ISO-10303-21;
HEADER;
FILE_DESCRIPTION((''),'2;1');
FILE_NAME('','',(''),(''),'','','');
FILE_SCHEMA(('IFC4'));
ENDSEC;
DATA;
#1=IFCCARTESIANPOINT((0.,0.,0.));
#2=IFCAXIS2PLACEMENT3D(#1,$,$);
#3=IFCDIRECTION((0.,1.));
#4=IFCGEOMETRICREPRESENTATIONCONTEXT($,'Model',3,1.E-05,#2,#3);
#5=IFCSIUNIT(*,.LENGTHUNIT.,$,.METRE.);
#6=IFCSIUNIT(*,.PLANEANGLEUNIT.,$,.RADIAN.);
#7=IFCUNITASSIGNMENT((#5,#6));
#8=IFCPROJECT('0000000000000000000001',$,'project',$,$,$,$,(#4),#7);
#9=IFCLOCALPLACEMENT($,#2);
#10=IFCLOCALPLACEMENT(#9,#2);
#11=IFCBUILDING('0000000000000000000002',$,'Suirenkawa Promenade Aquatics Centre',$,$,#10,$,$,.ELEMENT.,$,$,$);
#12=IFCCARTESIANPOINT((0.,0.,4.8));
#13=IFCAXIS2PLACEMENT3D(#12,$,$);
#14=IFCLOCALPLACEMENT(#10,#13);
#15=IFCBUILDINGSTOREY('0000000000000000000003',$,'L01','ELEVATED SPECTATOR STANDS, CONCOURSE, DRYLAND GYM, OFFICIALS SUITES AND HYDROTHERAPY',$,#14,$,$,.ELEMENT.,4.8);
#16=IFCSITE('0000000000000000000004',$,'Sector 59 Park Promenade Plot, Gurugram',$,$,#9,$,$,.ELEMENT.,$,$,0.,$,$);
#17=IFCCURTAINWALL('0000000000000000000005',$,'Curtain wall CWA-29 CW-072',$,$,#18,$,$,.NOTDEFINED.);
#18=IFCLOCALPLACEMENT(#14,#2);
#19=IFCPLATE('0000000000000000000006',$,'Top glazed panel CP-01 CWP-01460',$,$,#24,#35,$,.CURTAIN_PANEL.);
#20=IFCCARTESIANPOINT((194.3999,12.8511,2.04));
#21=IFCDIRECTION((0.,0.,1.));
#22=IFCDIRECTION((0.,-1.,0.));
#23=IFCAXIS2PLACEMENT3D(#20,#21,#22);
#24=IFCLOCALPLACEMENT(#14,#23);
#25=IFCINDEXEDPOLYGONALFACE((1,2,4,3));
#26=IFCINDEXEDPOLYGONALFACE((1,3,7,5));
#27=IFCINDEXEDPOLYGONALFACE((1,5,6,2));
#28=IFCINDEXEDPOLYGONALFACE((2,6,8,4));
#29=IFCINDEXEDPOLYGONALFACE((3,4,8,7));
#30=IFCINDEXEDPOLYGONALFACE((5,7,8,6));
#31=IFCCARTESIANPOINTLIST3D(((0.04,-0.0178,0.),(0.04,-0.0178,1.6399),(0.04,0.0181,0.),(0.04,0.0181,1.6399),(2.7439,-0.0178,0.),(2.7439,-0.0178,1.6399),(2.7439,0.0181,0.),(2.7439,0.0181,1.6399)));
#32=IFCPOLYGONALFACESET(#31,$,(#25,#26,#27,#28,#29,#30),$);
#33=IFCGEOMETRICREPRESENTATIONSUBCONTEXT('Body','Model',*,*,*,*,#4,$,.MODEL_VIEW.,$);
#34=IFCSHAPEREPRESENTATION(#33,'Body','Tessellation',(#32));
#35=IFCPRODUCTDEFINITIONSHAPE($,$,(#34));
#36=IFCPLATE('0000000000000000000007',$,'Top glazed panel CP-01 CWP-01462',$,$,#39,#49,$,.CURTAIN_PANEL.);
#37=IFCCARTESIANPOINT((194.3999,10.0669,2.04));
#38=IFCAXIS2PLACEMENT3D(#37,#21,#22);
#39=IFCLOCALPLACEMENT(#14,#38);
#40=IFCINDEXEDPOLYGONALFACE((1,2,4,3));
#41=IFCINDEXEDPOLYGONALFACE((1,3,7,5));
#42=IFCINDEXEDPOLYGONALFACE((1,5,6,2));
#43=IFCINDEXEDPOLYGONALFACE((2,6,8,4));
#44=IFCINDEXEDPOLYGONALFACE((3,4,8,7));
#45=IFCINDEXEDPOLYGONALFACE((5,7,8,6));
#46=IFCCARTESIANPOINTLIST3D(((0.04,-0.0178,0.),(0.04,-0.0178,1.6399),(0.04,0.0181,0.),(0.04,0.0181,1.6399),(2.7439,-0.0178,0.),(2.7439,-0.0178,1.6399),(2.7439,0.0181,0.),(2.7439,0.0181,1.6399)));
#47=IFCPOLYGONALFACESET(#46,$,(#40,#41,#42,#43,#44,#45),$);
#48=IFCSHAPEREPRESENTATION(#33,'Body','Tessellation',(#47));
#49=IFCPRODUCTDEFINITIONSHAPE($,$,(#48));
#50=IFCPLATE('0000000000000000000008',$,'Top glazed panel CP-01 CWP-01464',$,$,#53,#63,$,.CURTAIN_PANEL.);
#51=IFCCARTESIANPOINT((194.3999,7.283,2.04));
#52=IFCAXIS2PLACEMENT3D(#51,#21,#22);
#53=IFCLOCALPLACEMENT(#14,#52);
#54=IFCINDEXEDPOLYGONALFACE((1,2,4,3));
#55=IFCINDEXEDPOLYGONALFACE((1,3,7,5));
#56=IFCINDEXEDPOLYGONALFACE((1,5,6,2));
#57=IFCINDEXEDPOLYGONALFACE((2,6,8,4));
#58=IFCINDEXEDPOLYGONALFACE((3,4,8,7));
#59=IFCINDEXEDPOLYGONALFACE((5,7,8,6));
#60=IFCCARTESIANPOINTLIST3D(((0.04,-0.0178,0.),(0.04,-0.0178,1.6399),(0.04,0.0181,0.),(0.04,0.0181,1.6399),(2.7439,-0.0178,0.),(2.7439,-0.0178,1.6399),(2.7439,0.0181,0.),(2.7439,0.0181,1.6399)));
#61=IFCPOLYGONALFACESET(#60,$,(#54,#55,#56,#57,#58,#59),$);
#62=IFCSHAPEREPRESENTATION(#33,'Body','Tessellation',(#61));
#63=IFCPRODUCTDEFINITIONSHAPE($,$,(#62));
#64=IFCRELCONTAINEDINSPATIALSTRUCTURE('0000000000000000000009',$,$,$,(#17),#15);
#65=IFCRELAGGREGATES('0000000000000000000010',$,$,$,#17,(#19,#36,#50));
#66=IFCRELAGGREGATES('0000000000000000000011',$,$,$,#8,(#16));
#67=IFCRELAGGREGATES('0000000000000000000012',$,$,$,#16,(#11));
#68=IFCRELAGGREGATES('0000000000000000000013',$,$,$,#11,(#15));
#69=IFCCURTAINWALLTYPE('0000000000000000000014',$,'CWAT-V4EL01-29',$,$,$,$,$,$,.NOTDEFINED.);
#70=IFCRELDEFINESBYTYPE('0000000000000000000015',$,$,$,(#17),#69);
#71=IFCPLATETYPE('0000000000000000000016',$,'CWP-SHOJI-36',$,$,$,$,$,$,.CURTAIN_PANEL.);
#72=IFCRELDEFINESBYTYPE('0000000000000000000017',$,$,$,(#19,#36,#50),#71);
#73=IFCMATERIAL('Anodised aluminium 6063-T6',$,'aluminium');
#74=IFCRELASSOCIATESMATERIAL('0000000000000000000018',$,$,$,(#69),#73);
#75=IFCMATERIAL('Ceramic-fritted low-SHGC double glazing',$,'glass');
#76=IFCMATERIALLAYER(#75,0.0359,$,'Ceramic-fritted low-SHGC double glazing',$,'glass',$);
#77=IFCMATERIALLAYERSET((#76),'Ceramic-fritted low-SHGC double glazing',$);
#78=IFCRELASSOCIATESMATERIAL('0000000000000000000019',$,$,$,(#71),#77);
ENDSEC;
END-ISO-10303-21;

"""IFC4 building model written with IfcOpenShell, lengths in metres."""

from ifc_helpers import new_model, si_unit, direction, frame, origin, place, context, subcontext, project, spatial, polyline, outline, extrude, material, layer, layer_set, type_object, element, aggregate, save


model = new_model("IFC4")

# Units and contexts
model_context = context("Model", 3, precision=1e-05, world=origin(), true_north=direction((0.0, 1.0)))
body_context = subcontext(model_context, "Body", "Model", "MODEL_VIEW")
ifc_project = project(units=[si_unit("LENGTHUNIT", "METRE"), si_unit("PLANEANGLEUNIT", "RADIAN")], contexts=[model_context])

# Site, building, storey
site_placement = place(None, origin())
site = spatial("IfcSite", under=ifc_project, at=site_placement, Name="Sector 59 Park Promenade Plot, Gurugram", CompositionType="ELEMENT", RefElevation=0.0)
building_placement = place(site_placement, origin())
building = spatial("IfcBuilding", under=site, at=building_placement, Name="Suirenkawa Promenade Aquatics Centre", CompositionType="ELEMENT")
storey_placement = place(building_placement, frame((0.0, 0.0, 4.8)))
storey = spatial("IfcBuildingStorey", under=building, at=storey_placement, Name="L01", Description="ELEVATED SPECTATOR STANDS, CONCOURSE, DRYLAND GYM, OFFICIALS SUITES AND HYDROTHERAPY", CompositionType="ELEMENT", Elevation=4.8)

# Curtain wall
ifc_material_1 = material(Name="Anodised aluminium 6063-T6", Category="aluminium")
curtain_wall_type_1 = type_object("IfcCurtainWallType", Name="CWAT-V4EL01-29", PredefinedType="NOTDEFINED", material=ifc_material_1)
curtain_wall_1_placement = place(storey_placement, origin())
curtain_wall_1 = element("IfcCurtainWall", 1, at=curtain_wall_1_placement, inside=storey, type_object=curtain_wall_type_1, Name="Curtain wall CWA-29 CW-072", PredefinedType="NOTDEFINED")

# Plates
ifc_material_2 = material(Name="Ceramic-fritted low-SHGC double glazing", Category="glass")
ifc_layer_1 = layer(ifc_material_2, 0.0359, Name="Ceramic-fritted low-SHGC double glazing", Category="glass")
ifc_layer_set_1 = layer_set([ifc_layer_1], Name="Ceramic-fritted low-SHGC double glazing")
plate_type = type_object("IfcPlateType", Name="CWP-SHOJI-36", PredefinedType="CURTAIN_PANEL", material=ifc_layer_set_1)
plate_1_placement = place(storey_placement, frame((194.3999, 12.8511, 2.04), z_axis=(0.0, 0.0, 1.0), x_axis=(0.0, -1.0, 0.0)))
plate_1 = element("IfcPlate", 2, at=plate_1_placement, type_object=plate_type, Name="Top glazed panel CP-01 CWP-01460", PredefinedType="CURTAIN_PANEL", context=body_context, shape_type="SweptSolid", body=[
    extrude(outline(polyline([(0.04, 0.0), (2.7439, 0.0), (2.7439, 1.6399), (0.04, 1.6399), (0.04, 0.0)])), frame((0.0, 0.0181, 0.0), z_axis=(0.0, -1.0, 0.0), x_axis=(1.0, 0.0, 0.0)), (0.0, 0.0, 1.0), 0.0359),
])
plate_2_placement = place(storey_placement, frame((194.3999, 10.0669, 2.04), z_axis=(0.0, 0.0, 1.0), x_axis=(0.0, -1.0, 0.0)))
plate_2 = element("IfcPlate", 3, at=plate_2_placement, type_object=plate_type, Name="Top glazed panel CP-01 CWP-01462", PredefinedType="CURTAIN_PANEL", context=body_context, shape_type="SweptSolid", body=[
    extrude(outline(polyline([(0.04, 0.0), (2.7439, 0.0), (2.7439, 1.6399), (0.04, 1.6399), (0.04, 0.0)])), frame((0.0, 0.0181, 0.0), z_axis=(0.0, -1.0, 0.0), x_axis=(1.0, 0.0, 0.0)), (0.0, 0.0, 1.0), 0.0359),
])
plate_3_placement = place(storey_placement, frame((194.3999, 7.283, 2.04), z_axis=(0.0, 0.0, 1.0), x_axis=(0.0, -1.0, 0.0)))
plate_3 = element("IfcPlate", 4, at=plate_3_placement, type_object=plate_type, Name="Top glazed panel CP-01 CWP-01464", PredefinedType="CURTAIN_PANEL", context=body_context, shape_type="SweptSolid", body=[
    extrude(outline(polyline([(0.04, 0.0), (2.7439, 0.0), (2.7439, 1.6399), (0.04, 1.6399), (0.04, 0.0)])), frame((0.0, 0.0181, 0.0), z_axis=(0.0, -1.0, 0.0), x_axis=(1.0, 0.0, 0.0)), (0.0, 0.0, 1.0), 0.0359),
])
aggregate(curtain_wall_1, [plate_1, plate_2, plate_3])

save(model, "model.ifc")
